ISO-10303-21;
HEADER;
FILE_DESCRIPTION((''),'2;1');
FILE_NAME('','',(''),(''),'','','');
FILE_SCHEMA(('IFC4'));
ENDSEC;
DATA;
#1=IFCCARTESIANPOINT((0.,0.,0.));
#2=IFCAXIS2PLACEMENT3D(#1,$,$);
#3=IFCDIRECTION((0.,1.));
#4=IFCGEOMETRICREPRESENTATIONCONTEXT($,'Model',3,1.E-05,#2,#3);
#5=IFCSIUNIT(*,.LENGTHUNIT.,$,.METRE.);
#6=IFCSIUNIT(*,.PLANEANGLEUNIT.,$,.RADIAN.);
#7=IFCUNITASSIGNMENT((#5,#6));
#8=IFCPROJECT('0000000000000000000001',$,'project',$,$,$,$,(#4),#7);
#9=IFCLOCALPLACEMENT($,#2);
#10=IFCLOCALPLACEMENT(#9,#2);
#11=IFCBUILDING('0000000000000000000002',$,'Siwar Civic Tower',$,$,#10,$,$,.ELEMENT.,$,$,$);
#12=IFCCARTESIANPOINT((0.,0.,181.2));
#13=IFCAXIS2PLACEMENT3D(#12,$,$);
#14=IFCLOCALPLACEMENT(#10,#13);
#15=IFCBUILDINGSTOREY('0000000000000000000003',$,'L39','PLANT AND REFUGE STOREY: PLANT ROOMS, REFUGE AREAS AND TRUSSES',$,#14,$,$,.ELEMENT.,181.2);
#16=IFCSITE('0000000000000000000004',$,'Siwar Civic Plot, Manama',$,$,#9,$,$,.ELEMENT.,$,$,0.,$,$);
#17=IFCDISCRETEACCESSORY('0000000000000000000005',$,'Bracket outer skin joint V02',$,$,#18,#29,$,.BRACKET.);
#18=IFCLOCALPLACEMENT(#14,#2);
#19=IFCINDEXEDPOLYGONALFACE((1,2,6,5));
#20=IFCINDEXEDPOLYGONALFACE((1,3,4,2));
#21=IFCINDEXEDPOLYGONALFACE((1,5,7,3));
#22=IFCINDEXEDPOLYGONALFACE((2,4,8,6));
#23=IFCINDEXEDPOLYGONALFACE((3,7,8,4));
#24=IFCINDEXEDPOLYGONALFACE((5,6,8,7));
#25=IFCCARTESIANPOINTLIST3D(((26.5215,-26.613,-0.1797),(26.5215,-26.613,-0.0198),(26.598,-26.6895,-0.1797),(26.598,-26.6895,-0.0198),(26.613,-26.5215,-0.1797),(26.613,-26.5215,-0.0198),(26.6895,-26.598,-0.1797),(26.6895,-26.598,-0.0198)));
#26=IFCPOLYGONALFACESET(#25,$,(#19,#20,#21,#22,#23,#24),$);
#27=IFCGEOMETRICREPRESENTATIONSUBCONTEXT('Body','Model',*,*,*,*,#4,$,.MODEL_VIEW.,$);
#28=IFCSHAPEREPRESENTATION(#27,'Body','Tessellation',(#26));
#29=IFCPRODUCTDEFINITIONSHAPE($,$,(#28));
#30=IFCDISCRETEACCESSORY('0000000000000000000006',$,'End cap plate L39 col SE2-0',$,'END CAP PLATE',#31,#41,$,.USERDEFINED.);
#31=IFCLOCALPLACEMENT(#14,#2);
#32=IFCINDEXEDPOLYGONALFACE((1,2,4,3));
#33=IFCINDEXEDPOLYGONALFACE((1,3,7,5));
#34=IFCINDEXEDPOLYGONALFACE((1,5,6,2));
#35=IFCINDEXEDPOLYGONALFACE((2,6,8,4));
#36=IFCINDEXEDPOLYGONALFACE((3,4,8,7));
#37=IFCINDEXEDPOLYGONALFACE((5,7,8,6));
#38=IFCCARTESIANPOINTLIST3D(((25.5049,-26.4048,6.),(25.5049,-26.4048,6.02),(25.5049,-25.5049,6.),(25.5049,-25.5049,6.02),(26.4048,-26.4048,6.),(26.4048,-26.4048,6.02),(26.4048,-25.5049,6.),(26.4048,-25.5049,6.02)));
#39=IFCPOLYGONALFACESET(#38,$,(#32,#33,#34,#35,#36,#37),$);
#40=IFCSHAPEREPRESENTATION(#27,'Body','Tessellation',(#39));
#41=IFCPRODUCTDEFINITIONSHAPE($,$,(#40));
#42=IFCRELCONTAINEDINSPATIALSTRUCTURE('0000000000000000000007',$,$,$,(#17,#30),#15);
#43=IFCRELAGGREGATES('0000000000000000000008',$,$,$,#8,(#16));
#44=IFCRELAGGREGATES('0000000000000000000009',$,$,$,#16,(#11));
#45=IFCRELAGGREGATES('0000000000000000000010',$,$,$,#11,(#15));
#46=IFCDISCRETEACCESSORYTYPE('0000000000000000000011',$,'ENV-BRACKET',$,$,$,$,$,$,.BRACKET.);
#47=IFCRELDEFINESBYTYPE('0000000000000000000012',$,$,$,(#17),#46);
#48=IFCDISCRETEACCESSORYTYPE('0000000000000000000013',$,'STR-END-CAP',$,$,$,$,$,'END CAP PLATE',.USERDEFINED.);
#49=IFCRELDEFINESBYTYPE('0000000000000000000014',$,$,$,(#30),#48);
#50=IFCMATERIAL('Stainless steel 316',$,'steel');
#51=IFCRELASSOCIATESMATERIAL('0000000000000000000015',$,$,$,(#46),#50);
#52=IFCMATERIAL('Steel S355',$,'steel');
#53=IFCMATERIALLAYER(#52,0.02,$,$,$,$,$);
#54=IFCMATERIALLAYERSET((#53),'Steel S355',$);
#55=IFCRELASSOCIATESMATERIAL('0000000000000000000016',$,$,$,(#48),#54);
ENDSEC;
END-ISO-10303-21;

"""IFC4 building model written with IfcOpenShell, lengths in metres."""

from ifc_helpers import new_model, si_unit, direction, frame, origin, origin_2d, place, context, subcontext, project, spatial, rectangle, extrude, material, layer, layer_set, type_object, element, save


model = new_model("IFC4")

# Units and contexts
model_context = context("Model", 3, precision=1e-05, world=origin(), true_north=direction((0.0, 1.0)))
body_context = subcontext(model_context, "Body", "Model", "MODEL_VIEW")
ifc_project = project(units=[si_unit("LENGTHUNIT", "METRE"), si_unit("PLANEANGLEUNIT", "RADIAN")], contexts=[model_context])

# Site, building, storey
site_placement = place(None, origin())
site = spatial("IfcSite", under=ifc_project, at=site_placement, Name="Siwar Civic Plot, Manama", CompositionType="ELEMENT", RefElevation=0.0)
building_placement = place(site_placement, origin())
building = spatial("IfcBuilding", under=site, at=building_placement, Name="Siwar Civic Tower", CompositionType="ELEMENT")
storey_placement = place(building_placement, frame((0.0, 0.0, 181.2)))
storey = spatial("IfcBuildingStorey", under=building, at=storey_placement, Name="L39", Description="PLANT AND REFUGE STOREY: PLANT ROOMS, REFUGE AREAS AND TRUSSES", CompositionType="ELEMENT", Elevation=181.2)

# Discrete accessories
ifc_material_1 = material(Name="Stainless steel 316", Category="steel")
discrete_accessory_type_1 = type_object("IfcDiscreteAccessoryType", Name="ENV-BRACKET", PredefinedType="BRACKET", material=ifc_material_1)
discrete_accessory_1_placement = place(storey_placement, frame((26.6055, -26.6055, -0.1797), z_axis=(0.0, 0.0, 1.0), x_axis=(0.707107, -0.707107, 0.0)))
element("IfcDiscreteAccessory", 1, at=discrete_accessory_1_placement, inside=storey, type_object=discrete_accessory_type_1, Name="Bracket outer skin joint V02", PredefinedType="BRACKET", context=body_context, shape_type="SweptSolid", body=[
    extrude(rectangle(XDim=0.1082, YDim=0.1294, at=origin_2d()), origin(), (0.0, 0.0, 1.0), 0.1599),
])
ifc_material_2 = material(Name="Steel S355", Category="steel")
ifc_layer_1 = layer(ifc_material_2, 0.02)
ifc_layer_set_1 = layer_set([ifc_layer_1], Name="Steel S355")
discrete_accessory_type_2 = type_object("IfcDiscreteAccessoryType", Name="STR-END-CAP", ElementType="END CAP PLATE", PredefinedType="USERDEFINED", material=ifc_layer_set_1)
discrete_accessory_2_placement = place(storey_placement, frame((25.9548, -25.9548, 6.0), z_axis=(0.0, 0.0, 1.0), x_axis=(1.0, 0.0, 0.0)))
element("IfcDiscreteAccessory", 2, at=discrete_accessory_2_placement, inside=storey, type_object=discrete_accessory_type_2, Name="End cap plate L39 col SE2-0", ObjectType="END CAP PLATE", PredefinedType="USERDEFINED", context=body_context, shape_type="SweptSolid", body=[
    extrude(rectangle(XDim=0.8999, YDim=0.8999, at=origin_2d()), origin(), (0.0, 0.0, 1.0), 0.02),
])

save(model, "model.ifc")
